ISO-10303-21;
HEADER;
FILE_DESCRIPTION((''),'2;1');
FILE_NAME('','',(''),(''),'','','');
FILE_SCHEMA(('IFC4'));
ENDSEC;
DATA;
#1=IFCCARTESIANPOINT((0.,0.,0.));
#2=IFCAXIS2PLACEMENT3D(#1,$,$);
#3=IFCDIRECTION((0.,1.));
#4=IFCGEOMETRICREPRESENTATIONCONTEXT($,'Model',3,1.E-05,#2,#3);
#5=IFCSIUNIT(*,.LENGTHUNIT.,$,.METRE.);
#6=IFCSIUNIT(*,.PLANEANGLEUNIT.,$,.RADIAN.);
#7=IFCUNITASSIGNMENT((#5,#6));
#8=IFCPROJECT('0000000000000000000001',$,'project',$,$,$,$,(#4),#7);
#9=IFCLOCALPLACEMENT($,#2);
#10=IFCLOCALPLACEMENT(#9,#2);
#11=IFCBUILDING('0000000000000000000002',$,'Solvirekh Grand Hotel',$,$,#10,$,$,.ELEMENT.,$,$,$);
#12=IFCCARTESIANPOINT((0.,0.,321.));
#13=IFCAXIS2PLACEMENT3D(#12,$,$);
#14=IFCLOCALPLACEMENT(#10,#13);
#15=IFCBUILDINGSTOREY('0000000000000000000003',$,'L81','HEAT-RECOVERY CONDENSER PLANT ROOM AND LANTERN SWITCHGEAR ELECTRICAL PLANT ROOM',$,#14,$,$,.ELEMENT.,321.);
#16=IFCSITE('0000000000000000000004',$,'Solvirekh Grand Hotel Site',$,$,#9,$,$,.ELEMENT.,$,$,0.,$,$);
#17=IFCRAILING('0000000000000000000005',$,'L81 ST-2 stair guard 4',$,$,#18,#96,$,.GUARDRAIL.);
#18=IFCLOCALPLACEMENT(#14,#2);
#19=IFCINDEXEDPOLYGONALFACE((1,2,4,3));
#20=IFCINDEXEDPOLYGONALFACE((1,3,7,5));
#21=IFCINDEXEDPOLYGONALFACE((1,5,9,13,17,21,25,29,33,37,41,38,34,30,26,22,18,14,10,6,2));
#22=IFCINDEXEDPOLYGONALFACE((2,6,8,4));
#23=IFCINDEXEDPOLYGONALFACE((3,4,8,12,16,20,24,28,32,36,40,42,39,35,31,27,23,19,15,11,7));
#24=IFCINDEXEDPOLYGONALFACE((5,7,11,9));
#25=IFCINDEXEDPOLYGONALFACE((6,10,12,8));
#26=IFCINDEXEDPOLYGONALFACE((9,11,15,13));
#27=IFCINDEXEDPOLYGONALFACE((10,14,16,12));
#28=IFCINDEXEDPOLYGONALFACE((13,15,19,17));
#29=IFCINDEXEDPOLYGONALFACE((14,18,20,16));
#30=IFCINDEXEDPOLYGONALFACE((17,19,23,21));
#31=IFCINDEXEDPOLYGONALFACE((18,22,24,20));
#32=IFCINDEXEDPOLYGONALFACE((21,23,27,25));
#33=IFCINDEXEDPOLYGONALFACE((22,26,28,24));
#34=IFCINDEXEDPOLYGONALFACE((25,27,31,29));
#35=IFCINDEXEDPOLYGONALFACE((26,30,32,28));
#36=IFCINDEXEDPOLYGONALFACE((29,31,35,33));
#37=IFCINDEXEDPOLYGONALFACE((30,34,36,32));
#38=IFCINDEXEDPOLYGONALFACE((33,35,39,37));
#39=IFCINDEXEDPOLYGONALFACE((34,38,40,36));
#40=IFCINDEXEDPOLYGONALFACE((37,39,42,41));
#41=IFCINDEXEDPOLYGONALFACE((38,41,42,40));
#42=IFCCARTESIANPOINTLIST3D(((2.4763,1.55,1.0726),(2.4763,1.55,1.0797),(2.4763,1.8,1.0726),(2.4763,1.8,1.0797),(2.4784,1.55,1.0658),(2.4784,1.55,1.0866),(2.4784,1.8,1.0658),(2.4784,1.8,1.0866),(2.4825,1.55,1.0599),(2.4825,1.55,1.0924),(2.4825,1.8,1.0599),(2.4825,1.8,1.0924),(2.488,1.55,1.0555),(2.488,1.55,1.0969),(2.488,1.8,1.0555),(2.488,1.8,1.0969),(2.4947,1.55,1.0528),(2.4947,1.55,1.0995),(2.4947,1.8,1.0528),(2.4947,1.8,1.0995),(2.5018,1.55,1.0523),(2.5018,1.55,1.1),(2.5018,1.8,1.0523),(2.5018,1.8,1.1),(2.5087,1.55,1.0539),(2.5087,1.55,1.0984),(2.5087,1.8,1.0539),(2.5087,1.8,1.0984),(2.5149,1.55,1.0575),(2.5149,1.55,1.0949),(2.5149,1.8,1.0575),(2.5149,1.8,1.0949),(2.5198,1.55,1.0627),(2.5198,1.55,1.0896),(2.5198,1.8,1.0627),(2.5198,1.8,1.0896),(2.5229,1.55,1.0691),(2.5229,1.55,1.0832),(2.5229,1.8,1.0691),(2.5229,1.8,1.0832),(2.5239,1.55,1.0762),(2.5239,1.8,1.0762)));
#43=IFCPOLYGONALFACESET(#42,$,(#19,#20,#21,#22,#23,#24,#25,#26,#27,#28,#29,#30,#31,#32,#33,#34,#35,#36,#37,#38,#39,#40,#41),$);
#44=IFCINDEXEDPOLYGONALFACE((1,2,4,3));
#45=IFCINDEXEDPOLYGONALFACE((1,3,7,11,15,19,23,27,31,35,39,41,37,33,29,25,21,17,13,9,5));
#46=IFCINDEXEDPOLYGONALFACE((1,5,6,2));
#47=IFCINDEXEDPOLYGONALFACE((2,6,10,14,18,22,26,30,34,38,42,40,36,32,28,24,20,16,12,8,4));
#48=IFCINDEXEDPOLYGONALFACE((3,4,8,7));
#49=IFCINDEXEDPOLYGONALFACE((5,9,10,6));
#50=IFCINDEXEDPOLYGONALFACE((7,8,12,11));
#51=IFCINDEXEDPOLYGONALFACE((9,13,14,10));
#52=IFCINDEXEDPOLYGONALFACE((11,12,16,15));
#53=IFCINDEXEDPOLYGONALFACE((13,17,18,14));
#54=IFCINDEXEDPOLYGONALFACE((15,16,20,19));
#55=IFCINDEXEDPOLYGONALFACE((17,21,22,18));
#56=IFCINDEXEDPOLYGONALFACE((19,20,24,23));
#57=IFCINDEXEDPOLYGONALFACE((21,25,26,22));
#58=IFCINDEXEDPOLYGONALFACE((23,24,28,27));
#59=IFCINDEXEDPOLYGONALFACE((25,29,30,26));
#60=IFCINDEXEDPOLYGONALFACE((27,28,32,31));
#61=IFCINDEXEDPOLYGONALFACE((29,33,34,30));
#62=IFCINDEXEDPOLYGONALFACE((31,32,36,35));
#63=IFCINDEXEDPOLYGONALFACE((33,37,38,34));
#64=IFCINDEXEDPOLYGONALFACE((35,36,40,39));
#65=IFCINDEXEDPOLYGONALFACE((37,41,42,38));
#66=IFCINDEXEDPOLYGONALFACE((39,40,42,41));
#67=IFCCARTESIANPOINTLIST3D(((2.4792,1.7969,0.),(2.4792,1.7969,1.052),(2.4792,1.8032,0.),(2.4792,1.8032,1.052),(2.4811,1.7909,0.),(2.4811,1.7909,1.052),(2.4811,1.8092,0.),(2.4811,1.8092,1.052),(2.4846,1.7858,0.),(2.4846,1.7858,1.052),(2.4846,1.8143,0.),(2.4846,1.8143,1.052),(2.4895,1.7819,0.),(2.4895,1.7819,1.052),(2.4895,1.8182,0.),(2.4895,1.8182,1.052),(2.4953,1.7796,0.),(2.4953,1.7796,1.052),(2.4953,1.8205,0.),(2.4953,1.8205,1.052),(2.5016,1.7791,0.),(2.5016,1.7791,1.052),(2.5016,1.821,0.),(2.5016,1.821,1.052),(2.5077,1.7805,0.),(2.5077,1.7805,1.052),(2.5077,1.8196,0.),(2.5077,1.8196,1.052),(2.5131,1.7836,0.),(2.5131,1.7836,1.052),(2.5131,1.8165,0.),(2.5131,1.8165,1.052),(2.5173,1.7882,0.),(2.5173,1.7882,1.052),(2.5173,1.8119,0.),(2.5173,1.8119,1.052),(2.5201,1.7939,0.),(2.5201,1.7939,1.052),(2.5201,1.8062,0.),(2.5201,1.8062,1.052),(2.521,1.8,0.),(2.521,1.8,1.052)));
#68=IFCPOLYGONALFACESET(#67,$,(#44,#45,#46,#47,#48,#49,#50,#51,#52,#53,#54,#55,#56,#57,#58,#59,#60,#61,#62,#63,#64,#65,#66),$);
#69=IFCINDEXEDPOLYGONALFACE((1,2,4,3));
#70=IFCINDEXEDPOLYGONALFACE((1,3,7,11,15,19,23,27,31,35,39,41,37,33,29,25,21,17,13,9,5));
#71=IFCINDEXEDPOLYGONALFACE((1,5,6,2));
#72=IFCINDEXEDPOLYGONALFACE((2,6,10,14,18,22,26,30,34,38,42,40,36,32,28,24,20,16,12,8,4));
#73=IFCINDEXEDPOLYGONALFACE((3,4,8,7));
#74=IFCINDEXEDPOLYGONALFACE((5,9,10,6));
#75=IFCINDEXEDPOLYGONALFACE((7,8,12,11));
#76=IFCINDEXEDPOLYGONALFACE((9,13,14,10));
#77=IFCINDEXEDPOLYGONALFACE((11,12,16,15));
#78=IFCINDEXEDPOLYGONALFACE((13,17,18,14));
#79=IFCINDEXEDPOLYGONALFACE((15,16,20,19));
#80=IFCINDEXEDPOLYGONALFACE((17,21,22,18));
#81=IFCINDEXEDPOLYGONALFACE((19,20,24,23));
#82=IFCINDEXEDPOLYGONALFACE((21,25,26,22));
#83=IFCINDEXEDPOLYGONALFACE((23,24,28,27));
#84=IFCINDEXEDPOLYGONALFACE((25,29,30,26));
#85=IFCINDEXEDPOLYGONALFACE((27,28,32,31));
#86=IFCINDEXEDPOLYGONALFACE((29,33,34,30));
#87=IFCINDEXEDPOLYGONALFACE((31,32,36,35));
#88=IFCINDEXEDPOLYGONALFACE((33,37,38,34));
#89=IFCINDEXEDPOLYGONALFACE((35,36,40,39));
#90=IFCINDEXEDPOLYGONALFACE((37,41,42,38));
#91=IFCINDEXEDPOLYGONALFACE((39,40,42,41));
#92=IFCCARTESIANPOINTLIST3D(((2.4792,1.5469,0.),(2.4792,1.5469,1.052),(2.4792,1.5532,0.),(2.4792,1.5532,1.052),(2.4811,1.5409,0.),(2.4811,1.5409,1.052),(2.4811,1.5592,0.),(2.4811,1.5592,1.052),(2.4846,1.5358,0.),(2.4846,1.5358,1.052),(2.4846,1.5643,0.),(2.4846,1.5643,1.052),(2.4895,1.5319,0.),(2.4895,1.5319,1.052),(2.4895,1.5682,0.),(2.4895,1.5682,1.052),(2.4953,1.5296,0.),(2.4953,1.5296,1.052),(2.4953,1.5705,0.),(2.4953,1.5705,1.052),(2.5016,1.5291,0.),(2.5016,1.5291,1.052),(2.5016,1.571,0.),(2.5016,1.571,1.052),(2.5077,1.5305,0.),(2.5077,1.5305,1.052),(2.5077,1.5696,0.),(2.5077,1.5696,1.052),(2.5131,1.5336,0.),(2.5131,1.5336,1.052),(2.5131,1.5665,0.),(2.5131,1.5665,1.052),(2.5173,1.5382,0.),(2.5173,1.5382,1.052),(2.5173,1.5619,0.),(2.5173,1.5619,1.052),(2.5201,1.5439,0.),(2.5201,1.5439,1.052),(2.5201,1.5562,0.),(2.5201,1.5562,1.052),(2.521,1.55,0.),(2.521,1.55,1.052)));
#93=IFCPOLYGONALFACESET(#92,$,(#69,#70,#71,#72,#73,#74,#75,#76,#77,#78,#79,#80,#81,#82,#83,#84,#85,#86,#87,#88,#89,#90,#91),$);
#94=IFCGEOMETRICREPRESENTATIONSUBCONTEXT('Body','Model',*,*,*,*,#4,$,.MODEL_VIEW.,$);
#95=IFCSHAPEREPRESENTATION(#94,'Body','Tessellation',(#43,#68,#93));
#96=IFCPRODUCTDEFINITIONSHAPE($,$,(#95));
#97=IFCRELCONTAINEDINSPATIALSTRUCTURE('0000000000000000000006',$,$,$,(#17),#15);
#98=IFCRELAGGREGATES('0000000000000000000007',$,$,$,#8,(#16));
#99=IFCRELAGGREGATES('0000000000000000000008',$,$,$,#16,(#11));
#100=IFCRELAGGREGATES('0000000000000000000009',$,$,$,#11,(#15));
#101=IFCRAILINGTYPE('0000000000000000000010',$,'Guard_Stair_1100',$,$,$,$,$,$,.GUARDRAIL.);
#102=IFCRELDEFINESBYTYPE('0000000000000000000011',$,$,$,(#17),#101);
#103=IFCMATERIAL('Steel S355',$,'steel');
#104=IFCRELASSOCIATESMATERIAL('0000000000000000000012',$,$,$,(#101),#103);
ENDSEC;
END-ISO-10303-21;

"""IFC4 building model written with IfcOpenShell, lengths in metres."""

from ifc_helpers import new_model, si_unit, direction, frame, origin, origin_2d, place, context, subcontext, project, spatial, circle, extrude, material, type_object, element, save


model = new_model("IFC4")

# Units and contexts
model_context = context("Model", 3, precision=1e-05, world=origin(), true_north=direction((0.0, 1.0)))
body_context = subcontext(model_context, "Body", "Model", "MODEL_VIEW")
ifc_project = project(units=[si_unit("LENGTHUNIT", "METRE"), si_unit("PLANEANGLEUNIT", "RADIAN")], contexts=[model_context])

# Site, building, storey
site_placement = place(None, origin())
site = spatial("IfcSite", under=ifc_project, at=site_placement, Name="Solvirekh Grand Hotel Site", CompositionType="ELEMENT", RefElevation=0.0)
building_placement = place(site_placement, origin())
building = spatial("IfcBuilding", under=site, at=building_placement, Name="Solvirekh Grand Hotel", CompositionType="ELEMENT")
storey_placement = place(building_placement, frame((0.0, 0.0, 321.0)))
storey = spatial("IfcBuildingStorey", under=building, at=storey_placement, Name="L81", Description="HEAT-RECOVERY CONDENSER PLANT ROOM AND LANTERN SWITCHGEAR ELECTRICAL PLANT ROOM", CompositionType="ELEMENT", Elevation=321.0)

# Shared definitions
ifc_material_1 = material(Name="Steel S355", Category="steel")

# Railing
railing_type_1 = type_object("IfcRailingType", Name="Guard_Stair_1100", PredefinedType="GUARDRAIL", material=ifc_material_1)
railing_1_placement = place(storey_placement, frame((2.5, 1.8, 0.0)))
element("IfcRailing", 1, at=railing_1_placement, inside=storey, type_object=railing_type_1, Name="L81 ST-2 stair guard 4", PredefinedType="GUARDRAIL", context=body_context, shape_type="SweptSolid", body=[
    extrude(circle(Radius=0.0239, at=origin_2d()), frame((0.0, 0.0, 1.0762), z_axis=(0.0, -1.0, 0.0), x_axis=(1.0, 0.0, 0.0)), (0.0, 0.0, 1.0), 0.25),
    extrude(circle(Radius=0.021, at=origin_2d()), origin(), (0.0, 0.0, 1.0), 1.052),
    extrude(circle(Radius=0.021, at=origin_2d()), frame((0.0, -0.25, 0.0)), (0.0, 0.0, 1.0), 1.052),
])

save(model, "model.ifc")
